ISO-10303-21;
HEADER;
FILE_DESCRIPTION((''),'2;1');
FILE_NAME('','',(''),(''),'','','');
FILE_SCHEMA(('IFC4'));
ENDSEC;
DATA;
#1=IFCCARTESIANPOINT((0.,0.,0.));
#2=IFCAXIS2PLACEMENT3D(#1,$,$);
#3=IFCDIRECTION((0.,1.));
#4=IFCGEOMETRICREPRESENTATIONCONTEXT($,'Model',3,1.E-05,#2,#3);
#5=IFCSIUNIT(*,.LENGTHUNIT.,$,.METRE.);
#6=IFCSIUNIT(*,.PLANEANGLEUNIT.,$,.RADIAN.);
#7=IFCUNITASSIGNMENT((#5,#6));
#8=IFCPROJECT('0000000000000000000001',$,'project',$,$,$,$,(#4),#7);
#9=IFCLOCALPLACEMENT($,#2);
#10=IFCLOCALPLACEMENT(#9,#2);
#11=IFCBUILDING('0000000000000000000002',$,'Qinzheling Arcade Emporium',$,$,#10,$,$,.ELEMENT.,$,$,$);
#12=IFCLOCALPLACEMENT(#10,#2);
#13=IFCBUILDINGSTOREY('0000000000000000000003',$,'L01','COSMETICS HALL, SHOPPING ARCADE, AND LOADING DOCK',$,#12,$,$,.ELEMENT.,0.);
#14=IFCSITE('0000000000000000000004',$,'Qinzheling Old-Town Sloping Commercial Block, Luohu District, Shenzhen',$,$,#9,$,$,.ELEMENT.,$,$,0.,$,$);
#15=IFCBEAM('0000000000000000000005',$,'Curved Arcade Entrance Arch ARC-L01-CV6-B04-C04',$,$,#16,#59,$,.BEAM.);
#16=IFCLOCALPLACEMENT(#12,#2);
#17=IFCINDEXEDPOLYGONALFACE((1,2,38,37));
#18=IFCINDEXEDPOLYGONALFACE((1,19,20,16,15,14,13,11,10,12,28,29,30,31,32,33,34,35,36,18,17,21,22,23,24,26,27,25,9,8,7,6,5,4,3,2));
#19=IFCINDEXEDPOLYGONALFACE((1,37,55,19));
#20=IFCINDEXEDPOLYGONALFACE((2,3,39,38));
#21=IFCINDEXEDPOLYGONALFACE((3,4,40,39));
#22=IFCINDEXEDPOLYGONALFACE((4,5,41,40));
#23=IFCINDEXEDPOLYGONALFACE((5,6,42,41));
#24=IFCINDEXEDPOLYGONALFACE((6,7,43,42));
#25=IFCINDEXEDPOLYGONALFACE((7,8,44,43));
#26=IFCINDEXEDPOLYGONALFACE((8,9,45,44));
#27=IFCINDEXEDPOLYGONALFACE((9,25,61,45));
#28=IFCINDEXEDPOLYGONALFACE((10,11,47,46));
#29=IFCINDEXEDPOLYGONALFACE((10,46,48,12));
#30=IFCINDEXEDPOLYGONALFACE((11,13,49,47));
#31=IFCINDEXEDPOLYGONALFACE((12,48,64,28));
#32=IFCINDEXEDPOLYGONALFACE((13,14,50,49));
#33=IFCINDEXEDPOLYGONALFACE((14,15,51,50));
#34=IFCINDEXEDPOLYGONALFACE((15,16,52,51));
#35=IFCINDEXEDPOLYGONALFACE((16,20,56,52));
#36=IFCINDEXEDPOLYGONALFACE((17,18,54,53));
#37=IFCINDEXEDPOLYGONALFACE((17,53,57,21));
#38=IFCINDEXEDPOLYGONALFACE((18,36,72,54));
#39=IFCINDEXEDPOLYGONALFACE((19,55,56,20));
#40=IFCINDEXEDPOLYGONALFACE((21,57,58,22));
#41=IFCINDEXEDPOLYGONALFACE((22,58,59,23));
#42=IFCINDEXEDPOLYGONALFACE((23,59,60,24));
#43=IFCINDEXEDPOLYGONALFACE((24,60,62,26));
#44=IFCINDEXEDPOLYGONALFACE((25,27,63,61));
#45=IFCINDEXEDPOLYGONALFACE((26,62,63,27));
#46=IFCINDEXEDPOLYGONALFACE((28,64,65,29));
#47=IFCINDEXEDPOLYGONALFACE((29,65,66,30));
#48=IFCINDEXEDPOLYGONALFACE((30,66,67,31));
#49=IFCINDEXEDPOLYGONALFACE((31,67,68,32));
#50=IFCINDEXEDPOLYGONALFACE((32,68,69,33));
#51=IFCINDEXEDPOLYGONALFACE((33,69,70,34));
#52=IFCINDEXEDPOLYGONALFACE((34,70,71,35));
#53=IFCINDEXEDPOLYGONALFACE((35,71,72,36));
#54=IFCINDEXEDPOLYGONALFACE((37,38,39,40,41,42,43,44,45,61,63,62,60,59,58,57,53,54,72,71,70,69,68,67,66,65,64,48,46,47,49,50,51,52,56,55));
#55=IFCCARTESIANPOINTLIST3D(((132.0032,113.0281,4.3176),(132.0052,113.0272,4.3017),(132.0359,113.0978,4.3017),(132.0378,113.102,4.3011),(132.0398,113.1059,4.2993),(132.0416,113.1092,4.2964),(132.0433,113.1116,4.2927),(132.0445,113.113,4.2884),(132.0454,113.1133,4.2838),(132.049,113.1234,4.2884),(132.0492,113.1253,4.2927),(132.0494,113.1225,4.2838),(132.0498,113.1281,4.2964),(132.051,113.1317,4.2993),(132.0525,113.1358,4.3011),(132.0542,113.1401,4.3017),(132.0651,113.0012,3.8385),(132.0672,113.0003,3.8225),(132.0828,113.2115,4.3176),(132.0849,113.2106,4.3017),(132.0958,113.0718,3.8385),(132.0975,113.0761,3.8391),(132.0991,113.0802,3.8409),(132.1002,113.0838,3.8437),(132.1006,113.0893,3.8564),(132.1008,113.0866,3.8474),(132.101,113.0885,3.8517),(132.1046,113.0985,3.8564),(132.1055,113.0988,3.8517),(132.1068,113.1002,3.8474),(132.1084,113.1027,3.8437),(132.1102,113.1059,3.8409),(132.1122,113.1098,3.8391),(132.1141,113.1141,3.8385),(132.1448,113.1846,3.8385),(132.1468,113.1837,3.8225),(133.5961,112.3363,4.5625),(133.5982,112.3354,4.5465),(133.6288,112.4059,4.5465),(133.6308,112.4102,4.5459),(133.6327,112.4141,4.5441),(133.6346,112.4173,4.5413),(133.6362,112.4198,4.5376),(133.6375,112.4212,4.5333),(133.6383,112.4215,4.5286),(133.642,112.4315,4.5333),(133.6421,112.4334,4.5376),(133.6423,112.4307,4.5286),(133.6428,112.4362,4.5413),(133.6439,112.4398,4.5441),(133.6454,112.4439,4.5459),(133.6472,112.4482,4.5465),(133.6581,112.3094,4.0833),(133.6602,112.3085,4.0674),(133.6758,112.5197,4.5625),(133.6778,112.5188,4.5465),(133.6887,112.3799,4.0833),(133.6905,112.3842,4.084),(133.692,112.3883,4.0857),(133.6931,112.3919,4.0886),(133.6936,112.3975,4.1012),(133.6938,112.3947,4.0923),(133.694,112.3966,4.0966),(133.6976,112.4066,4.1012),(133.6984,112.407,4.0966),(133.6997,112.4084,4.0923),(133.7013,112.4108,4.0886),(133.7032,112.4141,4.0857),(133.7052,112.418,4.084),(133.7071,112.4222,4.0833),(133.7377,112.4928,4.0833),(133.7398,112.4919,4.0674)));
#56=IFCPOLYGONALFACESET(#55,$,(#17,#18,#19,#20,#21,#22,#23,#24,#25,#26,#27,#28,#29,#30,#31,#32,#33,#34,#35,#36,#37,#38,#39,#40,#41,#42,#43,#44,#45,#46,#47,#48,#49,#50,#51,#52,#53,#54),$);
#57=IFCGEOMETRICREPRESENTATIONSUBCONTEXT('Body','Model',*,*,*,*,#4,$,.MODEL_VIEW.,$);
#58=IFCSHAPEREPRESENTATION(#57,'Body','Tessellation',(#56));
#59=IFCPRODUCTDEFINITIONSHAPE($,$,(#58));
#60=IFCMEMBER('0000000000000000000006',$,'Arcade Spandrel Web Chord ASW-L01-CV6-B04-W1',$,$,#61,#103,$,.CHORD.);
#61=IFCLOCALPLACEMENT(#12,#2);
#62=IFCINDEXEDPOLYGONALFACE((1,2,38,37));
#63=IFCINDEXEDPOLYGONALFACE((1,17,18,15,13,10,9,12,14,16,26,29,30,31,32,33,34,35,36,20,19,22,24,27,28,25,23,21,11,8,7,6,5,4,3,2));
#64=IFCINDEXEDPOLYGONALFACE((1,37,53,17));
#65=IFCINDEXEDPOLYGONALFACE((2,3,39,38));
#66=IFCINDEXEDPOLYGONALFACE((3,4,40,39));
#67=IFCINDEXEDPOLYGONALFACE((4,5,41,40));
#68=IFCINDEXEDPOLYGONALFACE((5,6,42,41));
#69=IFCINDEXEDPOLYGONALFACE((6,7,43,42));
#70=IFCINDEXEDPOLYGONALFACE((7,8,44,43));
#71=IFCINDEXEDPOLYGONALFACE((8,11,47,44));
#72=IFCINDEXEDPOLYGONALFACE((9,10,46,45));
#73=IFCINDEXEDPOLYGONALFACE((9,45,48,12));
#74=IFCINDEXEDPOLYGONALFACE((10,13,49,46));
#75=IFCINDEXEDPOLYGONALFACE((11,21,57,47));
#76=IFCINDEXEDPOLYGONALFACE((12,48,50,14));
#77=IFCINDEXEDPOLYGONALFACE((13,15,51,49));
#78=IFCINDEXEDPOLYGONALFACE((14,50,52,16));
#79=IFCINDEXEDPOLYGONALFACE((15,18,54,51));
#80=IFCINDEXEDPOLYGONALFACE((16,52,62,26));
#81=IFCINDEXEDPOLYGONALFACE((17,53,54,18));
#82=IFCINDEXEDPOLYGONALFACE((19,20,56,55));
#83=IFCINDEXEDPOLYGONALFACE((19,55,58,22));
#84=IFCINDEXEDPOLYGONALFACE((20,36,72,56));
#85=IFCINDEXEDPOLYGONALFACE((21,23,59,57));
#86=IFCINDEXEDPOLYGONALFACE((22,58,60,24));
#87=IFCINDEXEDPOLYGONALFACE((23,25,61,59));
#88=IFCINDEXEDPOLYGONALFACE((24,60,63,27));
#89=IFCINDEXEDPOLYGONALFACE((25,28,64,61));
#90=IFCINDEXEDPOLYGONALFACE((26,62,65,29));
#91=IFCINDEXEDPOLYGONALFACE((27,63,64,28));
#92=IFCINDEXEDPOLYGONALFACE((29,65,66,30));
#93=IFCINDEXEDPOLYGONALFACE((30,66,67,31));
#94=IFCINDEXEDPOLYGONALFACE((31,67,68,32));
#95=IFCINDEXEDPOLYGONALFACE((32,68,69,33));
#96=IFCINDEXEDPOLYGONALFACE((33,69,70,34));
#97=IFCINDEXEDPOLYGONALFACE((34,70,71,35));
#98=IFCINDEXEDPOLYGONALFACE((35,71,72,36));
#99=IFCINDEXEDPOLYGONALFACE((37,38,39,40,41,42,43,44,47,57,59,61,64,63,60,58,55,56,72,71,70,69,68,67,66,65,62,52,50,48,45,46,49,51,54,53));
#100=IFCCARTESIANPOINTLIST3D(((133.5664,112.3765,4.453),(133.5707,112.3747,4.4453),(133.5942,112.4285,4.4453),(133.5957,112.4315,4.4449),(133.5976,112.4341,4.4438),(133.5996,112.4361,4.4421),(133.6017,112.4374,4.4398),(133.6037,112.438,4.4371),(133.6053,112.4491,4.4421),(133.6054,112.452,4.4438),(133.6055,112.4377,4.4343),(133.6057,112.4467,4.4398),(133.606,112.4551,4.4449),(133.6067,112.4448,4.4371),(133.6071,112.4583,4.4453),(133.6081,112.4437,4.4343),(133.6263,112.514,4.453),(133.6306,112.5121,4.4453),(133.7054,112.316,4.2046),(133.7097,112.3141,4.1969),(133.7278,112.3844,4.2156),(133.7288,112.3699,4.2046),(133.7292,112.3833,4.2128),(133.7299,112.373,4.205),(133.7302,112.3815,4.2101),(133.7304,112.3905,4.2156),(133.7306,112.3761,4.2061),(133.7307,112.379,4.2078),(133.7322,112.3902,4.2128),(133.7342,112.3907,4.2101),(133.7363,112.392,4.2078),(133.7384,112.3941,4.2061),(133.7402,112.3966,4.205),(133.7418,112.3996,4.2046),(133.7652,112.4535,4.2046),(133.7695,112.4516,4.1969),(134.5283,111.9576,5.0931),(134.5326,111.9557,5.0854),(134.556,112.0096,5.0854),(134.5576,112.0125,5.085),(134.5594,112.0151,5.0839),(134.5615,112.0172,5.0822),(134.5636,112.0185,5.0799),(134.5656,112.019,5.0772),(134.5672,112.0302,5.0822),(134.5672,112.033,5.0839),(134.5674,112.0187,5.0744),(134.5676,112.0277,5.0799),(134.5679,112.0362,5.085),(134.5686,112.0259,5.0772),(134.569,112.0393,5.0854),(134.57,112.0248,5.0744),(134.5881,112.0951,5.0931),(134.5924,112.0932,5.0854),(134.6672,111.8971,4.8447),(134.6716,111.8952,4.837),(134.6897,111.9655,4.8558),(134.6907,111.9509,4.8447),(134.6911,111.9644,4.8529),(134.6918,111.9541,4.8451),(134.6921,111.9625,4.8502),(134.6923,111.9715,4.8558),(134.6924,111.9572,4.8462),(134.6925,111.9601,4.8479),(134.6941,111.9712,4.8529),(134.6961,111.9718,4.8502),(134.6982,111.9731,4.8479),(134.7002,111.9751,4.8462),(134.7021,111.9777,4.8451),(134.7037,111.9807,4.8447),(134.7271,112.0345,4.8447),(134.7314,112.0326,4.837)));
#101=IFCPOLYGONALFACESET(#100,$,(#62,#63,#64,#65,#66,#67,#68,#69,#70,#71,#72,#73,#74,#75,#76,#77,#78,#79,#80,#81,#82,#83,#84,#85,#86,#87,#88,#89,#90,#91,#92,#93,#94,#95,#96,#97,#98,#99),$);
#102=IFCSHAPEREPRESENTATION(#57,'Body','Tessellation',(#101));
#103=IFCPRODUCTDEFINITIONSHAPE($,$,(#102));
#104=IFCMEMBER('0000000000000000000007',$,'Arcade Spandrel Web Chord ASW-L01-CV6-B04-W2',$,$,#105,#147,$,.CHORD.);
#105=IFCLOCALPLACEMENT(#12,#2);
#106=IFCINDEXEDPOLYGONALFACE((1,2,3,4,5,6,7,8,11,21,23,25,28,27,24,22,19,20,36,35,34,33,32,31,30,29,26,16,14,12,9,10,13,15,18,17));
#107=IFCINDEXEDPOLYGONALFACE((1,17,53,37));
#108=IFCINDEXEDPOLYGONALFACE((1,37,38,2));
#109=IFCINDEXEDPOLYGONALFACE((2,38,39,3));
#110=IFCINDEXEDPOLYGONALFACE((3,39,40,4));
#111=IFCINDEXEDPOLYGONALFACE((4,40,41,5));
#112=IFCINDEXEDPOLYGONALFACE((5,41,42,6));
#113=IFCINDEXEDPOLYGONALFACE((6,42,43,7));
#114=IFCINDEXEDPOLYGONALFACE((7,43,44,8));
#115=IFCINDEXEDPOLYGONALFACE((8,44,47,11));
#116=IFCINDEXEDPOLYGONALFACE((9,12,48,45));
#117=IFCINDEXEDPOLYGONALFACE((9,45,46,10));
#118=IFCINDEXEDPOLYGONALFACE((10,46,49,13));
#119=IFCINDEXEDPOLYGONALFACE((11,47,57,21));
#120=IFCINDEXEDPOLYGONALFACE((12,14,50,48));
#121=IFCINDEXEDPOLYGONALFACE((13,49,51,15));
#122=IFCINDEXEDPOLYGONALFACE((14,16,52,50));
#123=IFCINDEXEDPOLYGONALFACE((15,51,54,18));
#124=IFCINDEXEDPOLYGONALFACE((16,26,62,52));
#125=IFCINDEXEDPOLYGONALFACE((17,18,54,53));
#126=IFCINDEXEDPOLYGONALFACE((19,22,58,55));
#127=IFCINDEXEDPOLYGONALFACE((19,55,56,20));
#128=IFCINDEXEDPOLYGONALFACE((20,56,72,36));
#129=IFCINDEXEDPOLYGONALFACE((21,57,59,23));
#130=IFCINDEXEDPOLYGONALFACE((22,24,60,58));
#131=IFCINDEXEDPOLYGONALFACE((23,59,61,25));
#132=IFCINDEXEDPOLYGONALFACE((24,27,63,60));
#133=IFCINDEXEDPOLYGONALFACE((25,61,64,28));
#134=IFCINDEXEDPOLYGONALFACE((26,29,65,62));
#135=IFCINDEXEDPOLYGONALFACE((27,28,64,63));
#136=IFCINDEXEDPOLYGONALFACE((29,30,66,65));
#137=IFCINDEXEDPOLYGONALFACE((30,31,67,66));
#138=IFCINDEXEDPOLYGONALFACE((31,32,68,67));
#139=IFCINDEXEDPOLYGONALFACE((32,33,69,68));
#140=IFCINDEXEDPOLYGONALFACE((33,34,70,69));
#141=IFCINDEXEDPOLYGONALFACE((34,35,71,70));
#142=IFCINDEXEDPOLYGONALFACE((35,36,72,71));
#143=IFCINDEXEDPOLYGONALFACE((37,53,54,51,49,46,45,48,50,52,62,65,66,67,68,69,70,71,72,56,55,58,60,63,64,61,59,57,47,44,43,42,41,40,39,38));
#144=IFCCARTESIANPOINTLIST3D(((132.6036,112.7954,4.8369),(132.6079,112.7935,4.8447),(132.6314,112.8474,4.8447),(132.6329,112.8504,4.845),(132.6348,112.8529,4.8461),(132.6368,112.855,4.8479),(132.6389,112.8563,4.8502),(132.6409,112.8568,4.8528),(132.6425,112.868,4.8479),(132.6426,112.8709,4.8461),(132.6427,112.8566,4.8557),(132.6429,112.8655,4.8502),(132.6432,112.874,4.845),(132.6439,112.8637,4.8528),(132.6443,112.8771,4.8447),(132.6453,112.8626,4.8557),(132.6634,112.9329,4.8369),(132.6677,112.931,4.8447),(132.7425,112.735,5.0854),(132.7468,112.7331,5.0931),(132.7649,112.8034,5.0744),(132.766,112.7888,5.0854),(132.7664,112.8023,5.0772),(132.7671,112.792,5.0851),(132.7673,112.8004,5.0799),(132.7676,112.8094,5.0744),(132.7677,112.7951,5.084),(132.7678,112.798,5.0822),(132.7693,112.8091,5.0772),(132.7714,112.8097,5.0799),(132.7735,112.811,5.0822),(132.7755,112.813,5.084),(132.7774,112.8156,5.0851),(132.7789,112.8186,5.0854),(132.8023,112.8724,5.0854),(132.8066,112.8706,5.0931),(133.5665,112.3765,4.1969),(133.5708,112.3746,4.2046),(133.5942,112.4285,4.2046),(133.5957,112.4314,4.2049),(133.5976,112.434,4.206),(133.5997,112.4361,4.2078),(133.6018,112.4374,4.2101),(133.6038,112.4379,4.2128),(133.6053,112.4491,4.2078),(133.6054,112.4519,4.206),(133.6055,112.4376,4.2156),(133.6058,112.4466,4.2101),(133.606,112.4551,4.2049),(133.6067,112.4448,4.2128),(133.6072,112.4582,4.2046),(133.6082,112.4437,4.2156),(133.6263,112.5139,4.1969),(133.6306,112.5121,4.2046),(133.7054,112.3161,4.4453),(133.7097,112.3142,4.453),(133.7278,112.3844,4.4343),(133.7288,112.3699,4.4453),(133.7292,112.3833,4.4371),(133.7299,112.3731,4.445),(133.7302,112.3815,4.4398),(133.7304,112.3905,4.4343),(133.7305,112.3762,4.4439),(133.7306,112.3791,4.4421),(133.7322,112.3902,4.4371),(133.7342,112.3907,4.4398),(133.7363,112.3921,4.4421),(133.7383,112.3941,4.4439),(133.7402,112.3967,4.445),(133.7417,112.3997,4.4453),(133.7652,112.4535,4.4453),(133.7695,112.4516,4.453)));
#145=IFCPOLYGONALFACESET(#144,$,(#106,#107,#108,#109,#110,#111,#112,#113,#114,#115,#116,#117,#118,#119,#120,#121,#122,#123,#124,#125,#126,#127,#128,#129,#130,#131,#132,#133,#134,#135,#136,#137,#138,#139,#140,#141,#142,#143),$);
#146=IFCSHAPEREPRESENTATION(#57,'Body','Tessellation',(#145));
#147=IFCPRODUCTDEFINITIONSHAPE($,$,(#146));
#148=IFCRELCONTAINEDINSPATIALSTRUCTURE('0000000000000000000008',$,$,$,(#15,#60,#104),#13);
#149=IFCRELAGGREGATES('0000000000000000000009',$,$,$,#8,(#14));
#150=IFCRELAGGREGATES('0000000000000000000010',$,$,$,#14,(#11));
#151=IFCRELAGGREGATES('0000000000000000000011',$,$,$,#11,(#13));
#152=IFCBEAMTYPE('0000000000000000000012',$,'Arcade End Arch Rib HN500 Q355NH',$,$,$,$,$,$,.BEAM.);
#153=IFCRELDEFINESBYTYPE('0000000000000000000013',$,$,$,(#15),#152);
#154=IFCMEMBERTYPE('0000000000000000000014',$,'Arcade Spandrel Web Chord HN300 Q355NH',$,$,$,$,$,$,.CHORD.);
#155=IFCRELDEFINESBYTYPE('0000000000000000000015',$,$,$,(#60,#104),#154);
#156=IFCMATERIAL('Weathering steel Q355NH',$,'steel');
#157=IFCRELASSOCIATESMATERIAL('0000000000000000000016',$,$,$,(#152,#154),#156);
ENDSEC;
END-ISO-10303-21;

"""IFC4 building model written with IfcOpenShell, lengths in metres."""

from ifc_helpers import new_model, si_unit, direction, frame, origin, origin_2d, place, context, subcontext, project, spatial, i_section, extrude, material, material_profile, profile_set, type_object, element, save


model = new_model("IFC4")

# Units and contexts
model_context = context("Model", 3, precision=1e-05, world=origin(), true_north=direction((0.0, 1.0)))
body_context = subcontext(model_context, "Body", "Model", "MODEL_VIEW")
ifc_project = project(units=[si_unit("LENGTHUNIT", "METRE"), si_unit("PLANEANGLEUNIT", "RADIAN")], contexts=[model_context])

# Site, building, storey
site_placement = place(None, origin())
site = spatial("IfcSite", under=ifc_project, at=site_placement, Name="Qinzheling Old-Town Sloping Commercial Block, Luohu District, Shenzhen", CompositionType="ELEMENT", RefElevation=0.0)
building_placement = place(site_placement, origin())
building = spatial("IfcBuilding", under=site, at=building_placement, Name="Qinzheling Arcade Emporium", CompositionType="ELEMENT")
storey_placement = place(building_placement, origin())
storey = spatial("IfcBuildingStorey", under=building, at=storey_placement, Name="L01", Description="COSMETICS HALL, SHOPPING ARCADE, AND LOADING DOCK", CompositionType="ELEMENT", Elevation=0.0)

# Beam
ifc_material_1 = material(Name="Weathering steel Q355NH", Category="steel")
ifc_material_profile_1 = material_profile(ifc_material_1, i_section(OverallWidth=0.2, OverallDepth=0.5, WebThickness=0.01, FlangeThickness=0.0161, FilletRadius=0.0181, at=origin_2d()), Name="HN 500x200x10x16", Category="steel")
ifc_profile_set_1 = profile_set([ifc_material_profile_1], Name="Weathering steel Q355NH")
beam_type_1 = type_object("IfcBeamType", Name="Arcade End Arch Rib HN500 Q355NH", PredefinedType="BEAM", material=ifc_profile_set_1)
beam_1_placement = place(storey_placement, frame((133.668, 112.4141, 4.3149), z_axis=(-0.908239, 0.394475, -0.139611), x_axis=(-0.398377, -0.917222, 0.0)))
element("IfcBeam", 1, at=beam_1_placement, inside=storey, type_object=beam_type_1, Name="Curved Arcade Entrance Arch ARC-L01-CV6-B04-C04", PredefinedType="BEAM", context=body_context, shape_type="SweptSolid", body=[
    extrude(i_section(OverallWidth=0.2, OverallDepth=0.5, WebThickness=0.01, FlangeThickness=0.0161, FilletRadius=0.0181, at=origin_2d()), origin(), (0.0, 0.0, 1.0), 1.7539),
])

# Members
ifc_material_profile_2 = material_profile(ifc_material_1, i_section(OverallWidth=0.1499, OverallDepth=0.3, WebThickness=0.0066, FlangeThickness=0.009, FilletRadius=0.0129, at=origin_2d()), Name="HN 300x150x6.5x9", Category="steel")
ifc_profile_set_2 = profile_set([ifc_material_profile_2], Name="Weathering steel Q355NH")
member_type_1 = type_object("IfcMemberType", Name="Arcade Spandrel Web Chord HN300 Q355NH", PredefinedType="CHORD", material=ifc_profile_set_2)
member_1_placement = place(storey_placement, frame((133.668, 112.4141, 4.325), z_axis=(0.782647, -0.340869, 0.520838), x_axis=(0.399305, 0.916818, 0.0)))
element("IfcMember", 2, at=member_1_placement, inside=storey, type_object=member_type_1, Name="Arcade Spandrel Web Chord ASW-L01-CV6-B04-W1", PredefinedType="CHORD", context=body_context, shape_type="SweptSolid", body=[
    extrude(i_section(OverallWidth=0.1499, OverallDepth=0.3, WebThickness=0.0066, FlangeThickness=0.009, FilletRadius=0.0129, at=origin_2d()), origin(), (0.0, 0.0, 1.0), 1.229),
])
member_2_placement = place(storey_placement, frame((133.668, 112.4141, 4.325), z_axis=(-0.782955, 0.340657, 0.520514), x_axis=(-0.398964, -0.916967, 0.0)))
element("IfcMember", 3, at=member_2_placement, inside=storey, type_object=member_type_1, Name="Arcade Spandrel Web Chord ASW-L01-CV6-B04-W2", PredefinedType="CHORD", context=body_context, shape_type="SweptSolid", body=[
    extrude(i_section(OverallWidth=0.1499, OverallDepth=0.3, WebThickness=0.0066, FlangeThickness=0.009, FilletRadius=0.0129, at=origin_2d()), origin(), (0.0, 0.0, 1.0), 1.2297),
])

save(model, "model.ifc")
